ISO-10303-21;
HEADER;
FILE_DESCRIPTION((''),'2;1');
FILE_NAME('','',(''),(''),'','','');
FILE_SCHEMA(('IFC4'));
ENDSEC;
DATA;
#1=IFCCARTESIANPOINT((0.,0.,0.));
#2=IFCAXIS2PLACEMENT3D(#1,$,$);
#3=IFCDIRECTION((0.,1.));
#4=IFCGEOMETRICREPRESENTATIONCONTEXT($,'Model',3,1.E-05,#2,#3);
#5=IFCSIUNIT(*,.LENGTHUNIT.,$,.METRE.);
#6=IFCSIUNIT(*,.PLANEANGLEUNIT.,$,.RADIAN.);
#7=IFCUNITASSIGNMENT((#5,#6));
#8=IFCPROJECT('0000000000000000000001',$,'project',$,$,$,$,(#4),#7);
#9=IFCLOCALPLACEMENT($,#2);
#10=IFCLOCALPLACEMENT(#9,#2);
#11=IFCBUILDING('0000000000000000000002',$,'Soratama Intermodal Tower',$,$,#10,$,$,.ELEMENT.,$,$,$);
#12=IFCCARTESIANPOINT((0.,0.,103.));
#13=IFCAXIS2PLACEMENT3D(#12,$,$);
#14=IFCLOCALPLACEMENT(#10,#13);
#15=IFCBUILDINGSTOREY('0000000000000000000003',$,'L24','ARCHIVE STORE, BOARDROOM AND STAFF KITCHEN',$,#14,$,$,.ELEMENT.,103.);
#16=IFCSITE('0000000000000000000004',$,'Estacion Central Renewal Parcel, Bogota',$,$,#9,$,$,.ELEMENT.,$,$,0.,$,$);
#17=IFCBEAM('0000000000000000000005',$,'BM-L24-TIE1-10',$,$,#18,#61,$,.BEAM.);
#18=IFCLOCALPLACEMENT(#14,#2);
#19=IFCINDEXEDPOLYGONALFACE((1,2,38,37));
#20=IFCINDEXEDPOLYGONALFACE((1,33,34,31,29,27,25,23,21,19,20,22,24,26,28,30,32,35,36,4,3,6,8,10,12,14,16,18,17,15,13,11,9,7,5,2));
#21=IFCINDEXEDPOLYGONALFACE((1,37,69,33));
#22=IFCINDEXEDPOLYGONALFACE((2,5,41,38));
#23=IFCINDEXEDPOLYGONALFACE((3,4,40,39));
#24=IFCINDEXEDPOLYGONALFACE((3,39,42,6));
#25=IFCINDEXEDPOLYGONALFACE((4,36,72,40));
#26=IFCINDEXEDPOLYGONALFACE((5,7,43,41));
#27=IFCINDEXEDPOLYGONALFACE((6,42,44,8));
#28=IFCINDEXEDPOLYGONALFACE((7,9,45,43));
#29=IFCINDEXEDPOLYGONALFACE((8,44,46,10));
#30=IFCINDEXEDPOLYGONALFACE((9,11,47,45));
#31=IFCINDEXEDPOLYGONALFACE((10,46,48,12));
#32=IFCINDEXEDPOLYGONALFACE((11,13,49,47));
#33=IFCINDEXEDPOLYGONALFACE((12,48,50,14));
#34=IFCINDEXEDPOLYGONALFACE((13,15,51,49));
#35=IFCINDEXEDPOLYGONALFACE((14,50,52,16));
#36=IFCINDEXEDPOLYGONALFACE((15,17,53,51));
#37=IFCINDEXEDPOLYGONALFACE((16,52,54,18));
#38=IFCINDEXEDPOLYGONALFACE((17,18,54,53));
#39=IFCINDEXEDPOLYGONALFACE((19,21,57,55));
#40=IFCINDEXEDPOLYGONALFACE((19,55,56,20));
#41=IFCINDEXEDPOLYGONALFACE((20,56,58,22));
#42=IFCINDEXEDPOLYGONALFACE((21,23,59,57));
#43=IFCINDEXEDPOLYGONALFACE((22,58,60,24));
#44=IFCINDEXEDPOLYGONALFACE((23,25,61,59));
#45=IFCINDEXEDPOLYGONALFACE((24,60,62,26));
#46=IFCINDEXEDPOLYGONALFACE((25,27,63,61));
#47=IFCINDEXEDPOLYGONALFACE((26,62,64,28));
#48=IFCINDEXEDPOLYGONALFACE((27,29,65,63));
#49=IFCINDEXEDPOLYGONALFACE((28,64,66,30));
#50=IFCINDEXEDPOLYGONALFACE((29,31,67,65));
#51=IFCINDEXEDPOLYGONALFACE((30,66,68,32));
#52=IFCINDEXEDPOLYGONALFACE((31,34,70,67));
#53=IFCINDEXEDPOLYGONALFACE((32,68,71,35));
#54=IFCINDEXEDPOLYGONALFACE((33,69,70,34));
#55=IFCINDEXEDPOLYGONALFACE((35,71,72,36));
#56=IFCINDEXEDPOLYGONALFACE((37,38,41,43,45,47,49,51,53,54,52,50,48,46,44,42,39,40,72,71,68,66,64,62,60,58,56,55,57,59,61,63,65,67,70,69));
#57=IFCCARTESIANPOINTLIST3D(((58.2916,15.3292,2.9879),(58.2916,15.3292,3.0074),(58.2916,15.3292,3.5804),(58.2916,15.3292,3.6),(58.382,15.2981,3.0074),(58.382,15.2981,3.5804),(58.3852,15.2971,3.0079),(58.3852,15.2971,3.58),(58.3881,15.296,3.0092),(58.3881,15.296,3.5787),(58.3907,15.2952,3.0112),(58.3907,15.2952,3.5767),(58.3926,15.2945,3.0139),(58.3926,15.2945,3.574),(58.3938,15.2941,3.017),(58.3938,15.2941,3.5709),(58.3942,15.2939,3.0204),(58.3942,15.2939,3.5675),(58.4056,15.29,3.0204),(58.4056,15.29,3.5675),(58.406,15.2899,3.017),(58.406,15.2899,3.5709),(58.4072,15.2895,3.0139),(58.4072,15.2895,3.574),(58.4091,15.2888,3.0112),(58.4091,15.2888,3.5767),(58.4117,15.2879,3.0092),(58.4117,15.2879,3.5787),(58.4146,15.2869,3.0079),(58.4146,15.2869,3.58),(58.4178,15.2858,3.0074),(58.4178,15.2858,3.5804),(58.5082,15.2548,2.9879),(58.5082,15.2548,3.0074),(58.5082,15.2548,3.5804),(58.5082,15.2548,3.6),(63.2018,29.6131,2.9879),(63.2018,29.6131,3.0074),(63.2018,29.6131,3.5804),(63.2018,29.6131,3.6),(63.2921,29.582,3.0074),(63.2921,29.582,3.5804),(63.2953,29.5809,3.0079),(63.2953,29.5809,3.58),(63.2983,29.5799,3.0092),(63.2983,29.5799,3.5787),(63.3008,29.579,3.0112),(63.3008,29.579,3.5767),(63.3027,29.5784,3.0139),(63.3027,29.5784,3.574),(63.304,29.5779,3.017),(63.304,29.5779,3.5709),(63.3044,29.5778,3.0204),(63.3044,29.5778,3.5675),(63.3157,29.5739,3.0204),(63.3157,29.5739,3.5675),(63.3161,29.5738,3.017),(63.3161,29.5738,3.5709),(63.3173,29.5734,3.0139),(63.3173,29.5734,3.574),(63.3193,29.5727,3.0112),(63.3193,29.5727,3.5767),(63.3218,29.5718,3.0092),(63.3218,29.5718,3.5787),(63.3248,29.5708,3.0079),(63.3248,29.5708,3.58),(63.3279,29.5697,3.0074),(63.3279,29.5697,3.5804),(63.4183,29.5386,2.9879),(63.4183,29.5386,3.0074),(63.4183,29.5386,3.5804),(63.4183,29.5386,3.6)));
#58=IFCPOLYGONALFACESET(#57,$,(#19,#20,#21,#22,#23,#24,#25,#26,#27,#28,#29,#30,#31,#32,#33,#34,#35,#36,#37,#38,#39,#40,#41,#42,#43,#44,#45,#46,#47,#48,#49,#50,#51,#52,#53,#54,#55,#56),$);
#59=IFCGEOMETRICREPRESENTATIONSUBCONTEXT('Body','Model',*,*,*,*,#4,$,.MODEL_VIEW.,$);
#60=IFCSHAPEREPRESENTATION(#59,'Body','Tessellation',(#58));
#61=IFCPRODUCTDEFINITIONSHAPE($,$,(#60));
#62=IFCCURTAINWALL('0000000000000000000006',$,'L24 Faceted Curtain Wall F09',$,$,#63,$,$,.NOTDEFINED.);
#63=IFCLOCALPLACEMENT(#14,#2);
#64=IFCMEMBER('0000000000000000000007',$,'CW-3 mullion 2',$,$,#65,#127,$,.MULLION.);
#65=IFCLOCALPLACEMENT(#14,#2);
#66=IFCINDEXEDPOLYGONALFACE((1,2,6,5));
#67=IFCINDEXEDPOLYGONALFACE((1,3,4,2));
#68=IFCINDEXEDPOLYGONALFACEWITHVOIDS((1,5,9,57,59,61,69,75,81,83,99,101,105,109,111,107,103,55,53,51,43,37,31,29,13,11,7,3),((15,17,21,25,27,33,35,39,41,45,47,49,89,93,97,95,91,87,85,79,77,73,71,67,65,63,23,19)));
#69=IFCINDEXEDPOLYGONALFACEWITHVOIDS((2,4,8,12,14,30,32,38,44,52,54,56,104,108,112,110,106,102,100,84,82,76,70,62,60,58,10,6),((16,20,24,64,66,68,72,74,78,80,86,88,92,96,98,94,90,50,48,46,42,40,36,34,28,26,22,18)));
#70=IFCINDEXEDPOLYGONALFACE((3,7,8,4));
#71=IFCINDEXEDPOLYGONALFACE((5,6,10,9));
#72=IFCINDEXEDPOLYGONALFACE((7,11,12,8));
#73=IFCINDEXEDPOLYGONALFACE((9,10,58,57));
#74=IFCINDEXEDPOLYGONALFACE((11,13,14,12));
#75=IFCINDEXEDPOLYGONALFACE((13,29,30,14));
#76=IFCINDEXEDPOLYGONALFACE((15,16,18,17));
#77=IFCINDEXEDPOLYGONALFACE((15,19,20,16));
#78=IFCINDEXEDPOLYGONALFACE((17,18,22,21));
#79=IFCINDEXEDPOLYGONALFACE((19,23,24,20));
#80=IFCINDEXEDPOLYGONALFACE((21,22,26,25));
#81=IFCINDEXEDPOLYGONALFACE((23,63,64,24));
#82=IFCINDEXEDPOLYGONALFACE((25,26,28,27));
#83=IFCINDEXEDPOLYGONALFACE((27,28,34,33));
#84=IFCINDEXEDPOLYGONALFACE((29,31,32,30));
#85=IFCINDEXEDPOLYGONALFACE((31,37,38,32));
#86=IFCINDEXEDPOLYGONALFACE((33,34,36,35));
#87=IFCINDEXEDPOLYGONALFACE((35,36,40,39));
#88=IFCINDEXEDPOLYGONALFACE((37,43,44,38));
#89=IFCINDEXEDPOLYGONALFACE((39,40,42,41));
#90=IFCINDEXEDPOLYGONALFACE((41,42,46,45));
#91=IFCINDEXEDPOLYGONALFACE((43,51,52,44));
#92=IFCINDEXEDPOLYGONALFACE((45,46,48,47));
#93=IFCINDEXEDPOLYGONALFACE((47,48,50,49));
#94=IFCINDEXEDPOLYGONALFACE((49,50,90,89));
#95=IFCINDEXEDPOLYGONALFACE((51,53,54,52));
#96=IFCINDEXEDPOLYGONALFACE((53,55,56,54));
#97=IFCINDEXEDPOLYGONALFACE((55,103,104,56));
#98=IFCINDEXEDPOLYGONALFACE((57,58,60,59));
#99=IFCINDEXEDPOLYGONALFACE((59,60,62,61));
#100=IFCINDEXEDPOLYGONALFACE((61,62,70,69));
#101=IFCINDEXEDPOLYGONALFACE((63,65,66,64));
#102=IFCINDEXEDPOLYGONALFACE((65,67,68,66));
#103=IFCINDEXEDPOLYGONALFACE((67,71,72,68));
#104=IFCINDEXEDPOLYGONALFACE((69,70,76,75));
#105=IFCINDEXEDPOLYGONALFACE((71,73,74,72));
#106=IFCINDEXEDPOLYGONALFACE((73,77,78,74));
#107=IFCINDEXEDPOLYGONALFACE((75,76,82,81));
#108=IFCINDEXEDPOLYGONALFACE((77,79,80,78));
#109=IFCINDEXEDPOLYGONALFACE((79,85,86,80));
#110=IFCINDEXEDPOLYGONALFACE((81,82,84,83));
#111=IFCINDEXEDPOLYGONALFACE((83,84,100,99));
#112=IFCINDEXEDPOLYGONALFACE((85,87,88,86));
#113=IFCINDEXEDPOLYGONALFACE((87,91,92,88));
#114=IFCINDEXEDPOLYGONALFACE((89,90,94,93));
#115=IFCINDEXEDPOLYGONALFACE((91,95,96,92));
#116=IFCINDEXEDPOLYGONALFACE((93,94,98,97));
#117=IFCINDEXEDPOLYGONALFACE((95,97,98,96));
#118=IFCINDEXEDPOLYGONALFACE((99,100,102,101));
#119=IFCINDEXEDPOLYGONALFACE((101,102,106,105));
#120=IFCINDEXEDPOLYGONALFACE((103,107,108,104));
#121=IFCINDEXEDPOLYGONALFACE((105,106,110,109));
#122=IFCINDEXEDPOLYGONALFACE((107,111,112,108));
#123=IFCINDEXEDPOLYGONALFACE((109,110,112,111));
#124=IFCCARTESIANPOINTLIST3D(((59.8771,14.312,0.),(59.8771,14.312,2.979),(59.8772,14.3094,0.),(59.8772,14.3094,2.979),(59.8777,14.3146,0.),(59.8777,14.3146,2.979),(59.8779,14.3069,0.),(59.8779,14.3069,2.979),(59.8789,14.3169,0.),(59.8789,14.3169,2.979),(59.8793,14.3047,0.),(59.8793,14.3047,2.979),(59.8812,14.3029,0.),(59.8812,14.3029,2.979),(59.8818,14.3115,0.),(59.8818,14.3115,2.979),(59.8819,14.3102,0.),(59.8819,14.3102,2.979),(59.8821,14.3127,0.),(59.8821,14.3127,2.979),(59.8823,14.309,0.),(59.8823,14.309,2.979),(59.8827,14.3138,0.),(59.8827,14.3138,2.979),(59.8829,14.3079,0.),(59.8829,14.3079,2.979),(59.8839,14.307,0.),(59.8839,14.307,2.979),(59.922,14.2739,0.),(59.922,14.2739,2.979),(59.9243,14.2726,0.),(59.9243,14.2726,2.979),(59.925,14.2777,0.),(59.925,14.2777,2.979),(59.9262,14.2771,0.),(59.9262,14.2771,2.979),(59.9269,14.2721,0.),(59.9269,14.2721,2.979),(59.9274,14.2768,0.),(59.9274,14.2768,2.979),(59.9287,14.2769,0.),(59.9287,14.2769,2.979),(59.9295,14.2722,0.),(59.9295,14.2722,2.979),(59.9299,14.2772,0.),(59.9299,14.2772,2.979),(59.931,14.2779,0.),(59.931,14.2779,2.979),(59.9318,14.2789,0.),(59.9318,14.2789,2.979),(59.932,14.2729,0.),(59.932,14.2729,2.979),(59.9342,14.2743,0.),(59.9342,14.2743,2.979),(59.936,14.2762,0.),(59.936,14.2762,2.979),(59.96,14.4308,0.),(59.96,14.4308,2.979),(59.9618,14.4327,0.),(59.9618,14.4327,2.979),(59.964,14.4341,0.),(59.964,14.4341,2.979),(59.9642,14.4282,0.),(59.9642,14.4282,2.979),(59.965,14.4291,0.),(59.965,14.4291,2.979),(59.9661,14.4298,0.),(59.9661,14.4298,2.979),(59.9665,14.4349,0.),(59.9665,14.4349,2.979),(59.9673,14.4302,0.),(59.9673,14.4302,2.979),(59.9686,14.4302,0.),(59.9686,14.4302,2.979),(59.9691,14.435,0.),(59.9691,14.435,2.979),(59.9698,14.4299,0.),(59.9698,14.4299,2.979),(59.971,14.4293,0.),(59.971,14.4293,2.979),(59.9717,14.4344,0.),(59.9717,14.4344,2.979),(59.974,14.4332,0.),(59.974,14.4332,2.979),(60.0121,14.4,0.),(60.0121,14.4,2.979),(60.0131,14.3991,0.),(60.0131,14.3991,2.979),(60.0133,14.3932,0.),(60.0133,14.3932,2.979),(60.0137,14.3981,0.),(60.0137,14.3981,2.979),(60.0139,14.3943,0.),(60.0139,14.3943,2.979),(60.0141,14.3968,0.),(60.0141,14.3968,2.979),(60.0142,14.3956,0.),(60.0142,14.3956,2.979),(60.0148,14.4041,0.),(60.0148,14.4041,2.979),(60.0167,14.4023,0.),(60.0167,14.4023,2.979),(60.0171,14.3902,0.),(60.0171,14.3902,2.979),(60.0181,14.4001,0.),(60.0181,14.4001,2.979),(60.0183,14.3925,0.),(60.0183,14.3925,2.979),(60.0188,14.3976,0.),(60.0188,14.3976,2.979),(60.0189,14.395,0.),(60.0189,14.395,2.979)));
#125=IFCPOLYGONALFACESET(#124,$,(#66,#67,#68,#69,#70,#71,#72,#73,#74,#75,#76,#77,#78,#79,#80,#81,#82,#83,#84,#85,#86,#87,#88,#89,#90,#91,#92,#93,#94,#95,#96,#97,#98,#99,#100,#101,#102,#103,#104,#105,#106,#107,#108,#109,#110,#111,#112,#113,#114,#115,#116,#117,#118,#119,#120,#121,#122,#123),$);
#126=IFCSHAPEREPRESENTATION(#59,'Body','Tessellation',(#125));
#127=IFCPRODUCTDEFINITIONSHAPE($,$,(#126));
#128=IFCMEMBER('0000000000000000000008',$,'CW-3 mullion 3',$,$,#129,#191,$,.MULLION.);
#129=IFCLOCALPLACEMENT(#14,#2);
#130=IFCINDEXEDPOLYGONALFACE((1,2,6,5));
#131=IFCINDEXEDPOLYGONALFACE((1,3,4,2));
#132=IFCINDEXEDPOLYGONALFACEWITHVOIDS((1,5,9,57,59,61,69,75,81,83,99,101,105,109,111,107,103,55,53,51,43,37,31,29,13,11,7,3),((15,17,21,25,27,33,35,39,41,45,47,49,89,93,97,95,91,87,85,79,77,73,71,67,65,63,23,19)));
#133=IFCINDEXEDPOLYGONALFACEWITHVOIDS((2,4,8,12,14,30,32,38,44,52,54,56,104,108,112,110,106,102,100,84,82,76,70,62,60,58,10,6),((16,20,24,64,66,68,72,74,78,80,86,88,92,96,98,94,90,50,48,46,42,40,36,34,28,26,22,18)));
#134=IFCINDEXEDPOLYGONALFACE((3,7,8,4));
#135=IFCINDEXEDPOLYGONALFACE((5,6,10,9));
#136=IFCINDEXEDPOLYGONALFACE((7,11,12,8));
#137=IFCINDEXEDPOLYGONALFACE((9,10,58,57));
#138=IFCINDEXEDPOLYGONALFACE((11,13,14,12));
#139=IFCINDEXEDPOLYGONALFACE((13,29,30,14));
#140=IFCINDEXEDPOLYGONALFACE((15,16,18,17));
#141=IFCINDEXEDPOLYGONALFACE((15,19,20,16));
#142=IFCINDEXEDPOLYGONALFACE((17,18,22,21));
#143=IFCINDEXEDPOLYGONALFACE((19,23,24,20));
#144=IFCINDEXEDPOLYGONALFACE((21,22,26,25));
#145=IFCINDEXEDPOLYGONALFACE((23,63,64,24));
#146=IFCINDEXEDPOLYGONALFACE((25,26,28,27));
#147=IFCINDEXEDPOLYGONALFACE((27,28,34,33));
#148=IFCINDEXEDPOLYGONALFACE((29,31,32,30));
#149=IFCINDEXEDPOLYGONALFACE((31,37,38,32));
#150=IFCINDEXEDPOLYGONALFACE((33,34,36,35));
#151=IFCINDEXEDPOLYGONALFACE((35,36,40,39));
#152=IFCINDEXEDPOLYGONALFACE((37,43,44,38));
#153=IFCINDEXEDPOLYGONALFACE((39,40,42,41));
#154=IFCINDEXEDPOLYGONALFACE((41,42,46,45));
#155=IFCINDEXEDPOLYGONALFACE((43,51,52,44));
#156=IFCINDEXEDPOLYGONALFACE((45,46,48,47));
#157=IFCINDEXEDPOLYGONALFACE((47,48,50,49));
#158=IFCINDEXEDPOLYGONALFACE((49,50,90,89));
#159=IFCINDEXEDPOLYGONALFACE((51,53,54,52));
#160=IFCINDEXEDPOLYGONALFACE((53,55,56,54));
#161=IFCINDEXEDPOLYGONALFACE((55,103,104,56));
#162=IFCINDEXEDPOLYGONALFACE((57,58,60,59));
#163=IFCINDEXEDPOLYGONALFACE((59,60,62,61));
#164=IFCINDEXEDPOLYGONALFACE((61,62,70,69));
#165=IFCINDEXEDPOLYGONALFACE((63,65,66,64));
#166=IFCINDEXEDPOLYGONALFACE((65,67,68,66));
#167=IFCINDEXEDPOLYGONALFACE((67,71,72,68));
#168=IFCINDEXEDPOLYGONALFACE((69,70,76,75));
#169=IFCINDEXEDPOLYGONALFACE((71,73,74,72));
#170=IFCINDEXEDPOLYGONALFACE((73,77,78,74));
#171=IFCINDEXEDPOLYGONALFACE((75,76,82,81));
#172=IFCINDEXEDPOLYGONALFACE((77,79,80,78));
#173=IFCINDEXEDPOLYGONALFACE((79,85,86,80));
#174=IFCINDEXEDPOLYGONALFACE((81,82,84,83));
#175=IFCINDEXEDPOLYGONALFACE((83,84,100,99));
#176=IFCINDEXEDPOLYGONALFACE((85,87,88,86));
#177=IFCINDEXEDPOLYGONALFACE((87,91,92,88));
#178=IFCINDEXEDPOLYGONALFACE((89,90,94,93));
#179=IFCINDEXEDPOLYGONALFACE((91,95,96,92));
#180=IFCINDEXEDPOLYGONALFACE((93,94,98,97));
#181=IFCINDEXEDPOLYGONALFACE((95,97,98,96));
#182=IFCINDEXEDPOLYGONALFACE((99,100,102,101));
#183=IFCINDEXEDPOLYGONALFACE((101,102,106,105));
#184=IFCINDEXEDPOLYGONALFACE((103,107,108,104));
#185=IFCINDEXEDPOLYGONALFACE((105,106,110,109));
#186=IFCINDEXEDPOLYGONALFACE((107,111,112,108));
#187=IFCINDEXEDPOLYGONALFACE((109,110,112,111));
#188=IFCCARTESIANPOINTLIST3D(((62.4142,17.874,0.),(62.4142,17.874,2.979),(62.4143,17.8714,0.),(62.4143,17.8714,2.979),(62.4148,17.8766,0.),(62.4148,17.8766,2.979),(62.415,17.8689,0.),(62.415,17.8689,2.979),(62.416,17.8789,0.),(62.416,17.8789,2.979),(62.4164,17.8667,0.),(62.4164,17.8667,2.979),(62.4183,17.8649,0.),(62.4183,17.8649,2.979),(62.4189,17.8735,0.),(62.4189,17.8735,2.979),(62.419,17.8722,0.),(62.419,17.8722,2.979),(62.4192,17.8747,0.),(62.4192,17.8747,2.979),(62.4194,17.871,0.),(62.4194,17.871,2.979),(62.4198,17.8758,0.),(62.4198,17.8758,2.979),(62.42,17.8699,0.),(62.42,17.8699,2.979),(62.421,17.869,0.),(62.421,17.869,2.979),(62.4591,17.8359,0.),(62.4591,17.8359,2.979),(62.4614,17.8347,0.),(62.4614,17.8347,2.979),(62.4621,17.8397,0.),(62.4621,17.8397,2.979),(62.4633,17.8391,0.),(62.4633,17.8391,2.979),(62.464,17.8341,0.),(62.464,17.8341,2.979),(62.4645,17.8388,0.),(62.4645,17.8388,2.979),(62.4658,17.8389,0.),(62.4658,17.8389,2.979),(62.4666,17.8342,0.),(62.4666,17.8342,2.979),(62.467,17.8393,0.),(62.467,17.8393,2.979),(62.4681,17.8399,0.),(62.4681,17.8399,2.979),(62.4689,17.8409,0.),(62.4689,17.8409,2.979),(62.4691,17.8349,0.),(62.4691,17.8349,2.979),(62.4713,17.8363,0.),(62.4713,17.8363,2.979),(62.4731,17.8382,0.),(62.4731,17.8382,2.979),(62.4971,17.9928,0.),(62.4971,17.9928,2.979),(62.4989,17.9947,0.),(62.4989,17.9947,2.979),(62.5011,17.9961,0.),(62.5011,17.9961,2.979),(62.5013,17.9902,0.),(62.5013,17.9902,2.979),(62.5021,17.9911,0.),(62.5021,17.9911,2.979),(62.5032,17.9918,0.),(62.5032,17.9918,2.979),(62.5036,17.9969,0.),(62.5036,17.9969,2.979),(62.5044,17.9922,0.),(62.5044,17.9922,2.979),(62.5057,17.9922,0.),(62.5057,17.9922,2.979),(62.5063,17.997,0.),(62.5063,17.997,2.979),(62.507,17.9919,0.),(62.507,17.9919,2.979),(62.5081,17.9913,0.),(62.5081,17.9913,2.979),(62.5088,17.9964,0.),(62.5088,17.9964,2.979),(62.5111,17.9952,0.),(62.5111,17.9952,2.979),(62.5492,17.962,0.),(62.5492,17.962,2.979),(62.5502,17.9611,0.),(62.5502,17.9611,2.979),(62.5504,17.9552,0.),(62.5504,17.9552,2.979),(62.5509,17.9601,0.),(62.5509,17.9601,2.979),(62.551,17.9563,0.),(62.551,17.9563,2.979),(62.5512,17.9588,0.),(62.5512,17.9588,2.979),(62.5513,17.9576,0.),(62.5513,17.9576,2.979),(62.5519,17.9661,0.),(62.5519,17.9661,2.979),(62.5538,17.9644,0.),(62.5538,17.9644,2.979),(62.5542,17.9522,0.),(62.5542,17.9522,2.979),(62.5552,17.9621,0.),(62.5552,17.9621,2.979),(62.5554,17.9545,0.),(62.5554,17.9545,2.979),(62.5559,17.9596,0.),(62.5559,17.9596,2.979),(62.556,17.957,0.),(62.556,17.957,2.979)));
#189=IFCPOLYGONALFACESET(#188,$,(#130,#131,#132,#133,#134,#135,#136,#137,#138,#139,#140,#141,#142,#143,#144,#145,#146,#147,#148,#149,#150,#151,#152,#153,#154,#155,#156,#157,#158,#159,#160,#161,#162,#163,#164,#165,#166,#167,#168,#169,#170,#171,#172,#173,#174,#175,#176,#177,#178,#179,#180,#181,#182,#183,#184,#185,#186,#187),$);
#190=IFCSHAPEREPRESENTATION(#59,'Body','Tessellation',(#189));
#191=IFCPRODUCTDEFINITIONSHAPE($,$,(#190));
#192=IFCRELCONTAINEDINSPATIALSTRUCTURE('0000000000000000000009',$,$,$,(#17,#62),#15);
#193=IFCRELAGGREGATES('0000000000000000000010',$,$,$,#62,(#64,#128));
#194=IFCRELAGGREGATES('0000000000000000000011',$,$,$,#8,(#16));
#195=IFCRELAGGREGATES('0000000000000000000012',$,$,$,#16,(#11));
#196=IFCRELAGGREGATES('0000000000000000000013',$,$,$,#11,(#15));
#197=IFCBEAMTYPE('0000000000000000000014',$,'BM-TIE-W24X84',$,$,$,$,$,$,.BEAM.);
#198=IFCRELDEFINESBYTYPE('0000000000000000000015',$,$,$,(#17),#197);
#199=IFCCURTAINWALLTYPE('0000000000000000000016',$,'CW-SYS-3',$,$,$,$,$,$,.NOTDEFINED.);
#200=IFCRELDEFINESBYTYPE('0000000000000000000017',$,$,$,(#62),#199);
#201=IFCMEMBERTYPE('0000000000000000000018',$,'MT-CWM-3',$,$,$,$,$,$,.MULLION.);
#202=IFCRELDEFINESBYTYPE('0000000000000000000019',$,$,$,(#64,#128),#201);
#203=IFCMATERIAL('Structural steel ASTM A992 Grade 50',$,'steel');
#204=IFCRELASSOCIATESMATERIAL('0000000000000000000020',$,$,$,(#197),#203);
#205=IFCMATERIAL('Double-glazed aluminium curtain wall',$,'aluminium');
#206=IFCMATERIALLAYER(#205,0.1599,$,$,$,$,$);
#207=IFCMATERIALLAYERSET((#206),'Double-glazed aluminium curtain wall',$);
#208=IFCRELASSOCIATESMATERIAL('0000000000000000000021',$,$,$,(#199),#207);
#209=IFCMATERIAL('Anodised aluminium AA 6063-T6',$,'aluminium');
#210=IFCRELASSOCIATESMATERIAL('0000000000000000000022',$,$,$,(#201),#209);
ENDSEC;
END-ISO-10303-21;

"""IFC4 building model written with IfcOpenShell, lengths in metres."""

from ifc_helpers import new_model, si_unit, direction, frame, origin, origin_2d, place, context, subcontext, project, spatial, hollow_rectangle, i_section, extrude, material, layer, layer_set, material_profile, profile_set, type_object, element, aggregate, save


model = new_model("IFC4")

# Units and contexts
model_context = context("Model", 3, precision=1e-05, world=origin(), true_north=direction((0.0, 1.0)))
body_context = subcontext(model_context, "Body", "Model", "MODEL_VIEW")
ifc_project = project(units=[si_unit("LENGTHUNIT", "METRE"), si_unit("PLANEANGLEUNIT", "RADIAN")], contexts=[model_context])

# Site, building, storey
site_placement = place(None, origin())
site = spatial("IfcSite", under=ifc_project, at=site_placement, Name="Estacion Central Renewal Parcel, Bogota", CompositionType="ELEMENT", RefElevation=0.0)
building_placement = place(site_placement, origin())
building = spatial("IfcBuilding", under=site, at=building_placement, Name="Soratama Intermodal Tower", CompositionType="ELEMENT")
storey_placement = place(building_placement, frame((0.0, 0.0, 103.0)))
storey = spatial("IfcBuildingStorey", under=building, at=storey_placement, Name="L24", Description="ARCHIVE STORE, BOARDROOM AND STAFF KITCHEN", CompositionType="ELEMENT", Elevation=103.0)

# Beam
ifc_material_1 = material(Name="Structural steel ASTM A992 Grade 50", Category="steel")
ifc_material_profile_1 = material_profile(ifc_material_1, i_section(OverallWidth=0.229, OverallDepth=0.6121, WebThickness=0.012, FlangeThickness=0.0195, FilletRadius=0.0129, at=origin_2d()), Name="W24X84")
ifc_profile_set_1 = profile_set([ifc_material_profile_1], Name="Structural steel ASTM A992 Grade 50")
beam_type_1 = type_object("IfcBeamType", Name="BM-TIE-W24X84", PredefinedType="BEAM", material=ifc_profile_set_1)
beam_1_placement = place(storey_placement, frame((58.3999, 15.292, 3.2939), z_axis=(0.325083, 0.945686, 0.0), x_axis=(-0.945686, 0.325083, 0.0)))
element("IfcBeam", 1, at=beam_1_placement, inside=storey, type_object=beam_type_1, Name="BM-L24-TIE1-10", PredefinedType="BEAM", context=body_context, shape_type="SweptSolid", body=[
    extrude(i_section(OverallWidth=0.229, OverallDepth=0.6121, WebThickness=0.012, FlangeThickness=0.0195, FilletRadius=0.0129, at=origin_2d()), origin(), (0.0, 0.0, 1.0), 15.1042),
])

# Curtain wall, members
ifc_material_2 = material(Name="Double-glazed aluminium curtain wall", Category="aluminium")
ifc_layer_1 = layer(ifc_material_2, 0.1599)
ifc_layer_set_1 = layer_set([ifc_layer_1], Name="Double-glazed aluminium curtain wall")
curtain_wall_type = type_object("IfcCurtainWallType", Name="CW-SYS-3", PredefinedType="NOTDEFINED", material=ifc_layer_set_1)
curtain_wall_placement = place(storey_placement, origin())
curtain_wall = element("IfcCurtainWall", 2, at=curtain_wall_placement, inside=storey, type_object=curtain_wall_type, Name="L24 Faceted Curtain Wall F09", PredefinedType="NOTDEFINED")
ifc_material_3 = material(Name="Anodised aluminium AA 6063-T6", Category="aluminium")
ifc_material_profile_2 = material_profile(ifc_material_3, hollow_rectangle(XDim=0.0701, YDim=0.1599, WallThickness=0.0049, InnerFilletRadius=0.0049, OuterFilletRadius=0.01, at=origin_2d()), Name="CWM160X70X5")
ifc_profile_set_2 = profile_set([ifc_material_profile_2], Name="Anodised aluminium AA 6063-T6")
member_type_1 = type_object("IfcMemberType", Name="MT-CWM-3", PredefinedType="MULLION", material=ifc_profile_set_2)
member_1_placement = place(storey_placement, frame((59.948, 14.3535, 0.0), z_axis=(0.0, 0.0, 1.0), x_axis=(-0.814519, 0.580137, 0.0)))
member_1 = element("IfcMember", 3, at=member_1_placement, type_object=member_type_1, Name="CW-3 mullion 2", PredefinedType="MULLION", context=body_context, shape_type="SweptSolid", body=[
    extrude(hollow_rectangle(XDim=0.0701, YDim=0.1599, WallThickness=0.0049, InnerFilletRadius=0.0049, OuterFilletRadius=0.01, at=origin_2d()), origin(), (0.0, 0.0, 1.0), 2.979),
])
member_2_placement = place(storey_placement, frame((62.4851, 17.9155, 0.0), z_axis=(0.0, 0.0, 1.0), x_axis=(-0.814519, 0.580137, 0.0)))
member_2 = element("IfcMember", 4, at=member_2_placement, type_object=member_type_1, Name="CW-3 mullion 3", PredefinedType="MULLION", context=body_context, shape_type="SweptSolid", body=[
    extrude(hollow_rectangle(XDim=0.0701, YDim=0.1599, WallThickness=0.0049, InnerFilletRadius=0.0049, OuterFilletRadius=0.01, at=origin_2d()), origin(), (0.0, 0.0, 1.0), 2.979),
])
aggregate(curtain_wall, [member_1, member_2])

save(model, "model.ifc")
